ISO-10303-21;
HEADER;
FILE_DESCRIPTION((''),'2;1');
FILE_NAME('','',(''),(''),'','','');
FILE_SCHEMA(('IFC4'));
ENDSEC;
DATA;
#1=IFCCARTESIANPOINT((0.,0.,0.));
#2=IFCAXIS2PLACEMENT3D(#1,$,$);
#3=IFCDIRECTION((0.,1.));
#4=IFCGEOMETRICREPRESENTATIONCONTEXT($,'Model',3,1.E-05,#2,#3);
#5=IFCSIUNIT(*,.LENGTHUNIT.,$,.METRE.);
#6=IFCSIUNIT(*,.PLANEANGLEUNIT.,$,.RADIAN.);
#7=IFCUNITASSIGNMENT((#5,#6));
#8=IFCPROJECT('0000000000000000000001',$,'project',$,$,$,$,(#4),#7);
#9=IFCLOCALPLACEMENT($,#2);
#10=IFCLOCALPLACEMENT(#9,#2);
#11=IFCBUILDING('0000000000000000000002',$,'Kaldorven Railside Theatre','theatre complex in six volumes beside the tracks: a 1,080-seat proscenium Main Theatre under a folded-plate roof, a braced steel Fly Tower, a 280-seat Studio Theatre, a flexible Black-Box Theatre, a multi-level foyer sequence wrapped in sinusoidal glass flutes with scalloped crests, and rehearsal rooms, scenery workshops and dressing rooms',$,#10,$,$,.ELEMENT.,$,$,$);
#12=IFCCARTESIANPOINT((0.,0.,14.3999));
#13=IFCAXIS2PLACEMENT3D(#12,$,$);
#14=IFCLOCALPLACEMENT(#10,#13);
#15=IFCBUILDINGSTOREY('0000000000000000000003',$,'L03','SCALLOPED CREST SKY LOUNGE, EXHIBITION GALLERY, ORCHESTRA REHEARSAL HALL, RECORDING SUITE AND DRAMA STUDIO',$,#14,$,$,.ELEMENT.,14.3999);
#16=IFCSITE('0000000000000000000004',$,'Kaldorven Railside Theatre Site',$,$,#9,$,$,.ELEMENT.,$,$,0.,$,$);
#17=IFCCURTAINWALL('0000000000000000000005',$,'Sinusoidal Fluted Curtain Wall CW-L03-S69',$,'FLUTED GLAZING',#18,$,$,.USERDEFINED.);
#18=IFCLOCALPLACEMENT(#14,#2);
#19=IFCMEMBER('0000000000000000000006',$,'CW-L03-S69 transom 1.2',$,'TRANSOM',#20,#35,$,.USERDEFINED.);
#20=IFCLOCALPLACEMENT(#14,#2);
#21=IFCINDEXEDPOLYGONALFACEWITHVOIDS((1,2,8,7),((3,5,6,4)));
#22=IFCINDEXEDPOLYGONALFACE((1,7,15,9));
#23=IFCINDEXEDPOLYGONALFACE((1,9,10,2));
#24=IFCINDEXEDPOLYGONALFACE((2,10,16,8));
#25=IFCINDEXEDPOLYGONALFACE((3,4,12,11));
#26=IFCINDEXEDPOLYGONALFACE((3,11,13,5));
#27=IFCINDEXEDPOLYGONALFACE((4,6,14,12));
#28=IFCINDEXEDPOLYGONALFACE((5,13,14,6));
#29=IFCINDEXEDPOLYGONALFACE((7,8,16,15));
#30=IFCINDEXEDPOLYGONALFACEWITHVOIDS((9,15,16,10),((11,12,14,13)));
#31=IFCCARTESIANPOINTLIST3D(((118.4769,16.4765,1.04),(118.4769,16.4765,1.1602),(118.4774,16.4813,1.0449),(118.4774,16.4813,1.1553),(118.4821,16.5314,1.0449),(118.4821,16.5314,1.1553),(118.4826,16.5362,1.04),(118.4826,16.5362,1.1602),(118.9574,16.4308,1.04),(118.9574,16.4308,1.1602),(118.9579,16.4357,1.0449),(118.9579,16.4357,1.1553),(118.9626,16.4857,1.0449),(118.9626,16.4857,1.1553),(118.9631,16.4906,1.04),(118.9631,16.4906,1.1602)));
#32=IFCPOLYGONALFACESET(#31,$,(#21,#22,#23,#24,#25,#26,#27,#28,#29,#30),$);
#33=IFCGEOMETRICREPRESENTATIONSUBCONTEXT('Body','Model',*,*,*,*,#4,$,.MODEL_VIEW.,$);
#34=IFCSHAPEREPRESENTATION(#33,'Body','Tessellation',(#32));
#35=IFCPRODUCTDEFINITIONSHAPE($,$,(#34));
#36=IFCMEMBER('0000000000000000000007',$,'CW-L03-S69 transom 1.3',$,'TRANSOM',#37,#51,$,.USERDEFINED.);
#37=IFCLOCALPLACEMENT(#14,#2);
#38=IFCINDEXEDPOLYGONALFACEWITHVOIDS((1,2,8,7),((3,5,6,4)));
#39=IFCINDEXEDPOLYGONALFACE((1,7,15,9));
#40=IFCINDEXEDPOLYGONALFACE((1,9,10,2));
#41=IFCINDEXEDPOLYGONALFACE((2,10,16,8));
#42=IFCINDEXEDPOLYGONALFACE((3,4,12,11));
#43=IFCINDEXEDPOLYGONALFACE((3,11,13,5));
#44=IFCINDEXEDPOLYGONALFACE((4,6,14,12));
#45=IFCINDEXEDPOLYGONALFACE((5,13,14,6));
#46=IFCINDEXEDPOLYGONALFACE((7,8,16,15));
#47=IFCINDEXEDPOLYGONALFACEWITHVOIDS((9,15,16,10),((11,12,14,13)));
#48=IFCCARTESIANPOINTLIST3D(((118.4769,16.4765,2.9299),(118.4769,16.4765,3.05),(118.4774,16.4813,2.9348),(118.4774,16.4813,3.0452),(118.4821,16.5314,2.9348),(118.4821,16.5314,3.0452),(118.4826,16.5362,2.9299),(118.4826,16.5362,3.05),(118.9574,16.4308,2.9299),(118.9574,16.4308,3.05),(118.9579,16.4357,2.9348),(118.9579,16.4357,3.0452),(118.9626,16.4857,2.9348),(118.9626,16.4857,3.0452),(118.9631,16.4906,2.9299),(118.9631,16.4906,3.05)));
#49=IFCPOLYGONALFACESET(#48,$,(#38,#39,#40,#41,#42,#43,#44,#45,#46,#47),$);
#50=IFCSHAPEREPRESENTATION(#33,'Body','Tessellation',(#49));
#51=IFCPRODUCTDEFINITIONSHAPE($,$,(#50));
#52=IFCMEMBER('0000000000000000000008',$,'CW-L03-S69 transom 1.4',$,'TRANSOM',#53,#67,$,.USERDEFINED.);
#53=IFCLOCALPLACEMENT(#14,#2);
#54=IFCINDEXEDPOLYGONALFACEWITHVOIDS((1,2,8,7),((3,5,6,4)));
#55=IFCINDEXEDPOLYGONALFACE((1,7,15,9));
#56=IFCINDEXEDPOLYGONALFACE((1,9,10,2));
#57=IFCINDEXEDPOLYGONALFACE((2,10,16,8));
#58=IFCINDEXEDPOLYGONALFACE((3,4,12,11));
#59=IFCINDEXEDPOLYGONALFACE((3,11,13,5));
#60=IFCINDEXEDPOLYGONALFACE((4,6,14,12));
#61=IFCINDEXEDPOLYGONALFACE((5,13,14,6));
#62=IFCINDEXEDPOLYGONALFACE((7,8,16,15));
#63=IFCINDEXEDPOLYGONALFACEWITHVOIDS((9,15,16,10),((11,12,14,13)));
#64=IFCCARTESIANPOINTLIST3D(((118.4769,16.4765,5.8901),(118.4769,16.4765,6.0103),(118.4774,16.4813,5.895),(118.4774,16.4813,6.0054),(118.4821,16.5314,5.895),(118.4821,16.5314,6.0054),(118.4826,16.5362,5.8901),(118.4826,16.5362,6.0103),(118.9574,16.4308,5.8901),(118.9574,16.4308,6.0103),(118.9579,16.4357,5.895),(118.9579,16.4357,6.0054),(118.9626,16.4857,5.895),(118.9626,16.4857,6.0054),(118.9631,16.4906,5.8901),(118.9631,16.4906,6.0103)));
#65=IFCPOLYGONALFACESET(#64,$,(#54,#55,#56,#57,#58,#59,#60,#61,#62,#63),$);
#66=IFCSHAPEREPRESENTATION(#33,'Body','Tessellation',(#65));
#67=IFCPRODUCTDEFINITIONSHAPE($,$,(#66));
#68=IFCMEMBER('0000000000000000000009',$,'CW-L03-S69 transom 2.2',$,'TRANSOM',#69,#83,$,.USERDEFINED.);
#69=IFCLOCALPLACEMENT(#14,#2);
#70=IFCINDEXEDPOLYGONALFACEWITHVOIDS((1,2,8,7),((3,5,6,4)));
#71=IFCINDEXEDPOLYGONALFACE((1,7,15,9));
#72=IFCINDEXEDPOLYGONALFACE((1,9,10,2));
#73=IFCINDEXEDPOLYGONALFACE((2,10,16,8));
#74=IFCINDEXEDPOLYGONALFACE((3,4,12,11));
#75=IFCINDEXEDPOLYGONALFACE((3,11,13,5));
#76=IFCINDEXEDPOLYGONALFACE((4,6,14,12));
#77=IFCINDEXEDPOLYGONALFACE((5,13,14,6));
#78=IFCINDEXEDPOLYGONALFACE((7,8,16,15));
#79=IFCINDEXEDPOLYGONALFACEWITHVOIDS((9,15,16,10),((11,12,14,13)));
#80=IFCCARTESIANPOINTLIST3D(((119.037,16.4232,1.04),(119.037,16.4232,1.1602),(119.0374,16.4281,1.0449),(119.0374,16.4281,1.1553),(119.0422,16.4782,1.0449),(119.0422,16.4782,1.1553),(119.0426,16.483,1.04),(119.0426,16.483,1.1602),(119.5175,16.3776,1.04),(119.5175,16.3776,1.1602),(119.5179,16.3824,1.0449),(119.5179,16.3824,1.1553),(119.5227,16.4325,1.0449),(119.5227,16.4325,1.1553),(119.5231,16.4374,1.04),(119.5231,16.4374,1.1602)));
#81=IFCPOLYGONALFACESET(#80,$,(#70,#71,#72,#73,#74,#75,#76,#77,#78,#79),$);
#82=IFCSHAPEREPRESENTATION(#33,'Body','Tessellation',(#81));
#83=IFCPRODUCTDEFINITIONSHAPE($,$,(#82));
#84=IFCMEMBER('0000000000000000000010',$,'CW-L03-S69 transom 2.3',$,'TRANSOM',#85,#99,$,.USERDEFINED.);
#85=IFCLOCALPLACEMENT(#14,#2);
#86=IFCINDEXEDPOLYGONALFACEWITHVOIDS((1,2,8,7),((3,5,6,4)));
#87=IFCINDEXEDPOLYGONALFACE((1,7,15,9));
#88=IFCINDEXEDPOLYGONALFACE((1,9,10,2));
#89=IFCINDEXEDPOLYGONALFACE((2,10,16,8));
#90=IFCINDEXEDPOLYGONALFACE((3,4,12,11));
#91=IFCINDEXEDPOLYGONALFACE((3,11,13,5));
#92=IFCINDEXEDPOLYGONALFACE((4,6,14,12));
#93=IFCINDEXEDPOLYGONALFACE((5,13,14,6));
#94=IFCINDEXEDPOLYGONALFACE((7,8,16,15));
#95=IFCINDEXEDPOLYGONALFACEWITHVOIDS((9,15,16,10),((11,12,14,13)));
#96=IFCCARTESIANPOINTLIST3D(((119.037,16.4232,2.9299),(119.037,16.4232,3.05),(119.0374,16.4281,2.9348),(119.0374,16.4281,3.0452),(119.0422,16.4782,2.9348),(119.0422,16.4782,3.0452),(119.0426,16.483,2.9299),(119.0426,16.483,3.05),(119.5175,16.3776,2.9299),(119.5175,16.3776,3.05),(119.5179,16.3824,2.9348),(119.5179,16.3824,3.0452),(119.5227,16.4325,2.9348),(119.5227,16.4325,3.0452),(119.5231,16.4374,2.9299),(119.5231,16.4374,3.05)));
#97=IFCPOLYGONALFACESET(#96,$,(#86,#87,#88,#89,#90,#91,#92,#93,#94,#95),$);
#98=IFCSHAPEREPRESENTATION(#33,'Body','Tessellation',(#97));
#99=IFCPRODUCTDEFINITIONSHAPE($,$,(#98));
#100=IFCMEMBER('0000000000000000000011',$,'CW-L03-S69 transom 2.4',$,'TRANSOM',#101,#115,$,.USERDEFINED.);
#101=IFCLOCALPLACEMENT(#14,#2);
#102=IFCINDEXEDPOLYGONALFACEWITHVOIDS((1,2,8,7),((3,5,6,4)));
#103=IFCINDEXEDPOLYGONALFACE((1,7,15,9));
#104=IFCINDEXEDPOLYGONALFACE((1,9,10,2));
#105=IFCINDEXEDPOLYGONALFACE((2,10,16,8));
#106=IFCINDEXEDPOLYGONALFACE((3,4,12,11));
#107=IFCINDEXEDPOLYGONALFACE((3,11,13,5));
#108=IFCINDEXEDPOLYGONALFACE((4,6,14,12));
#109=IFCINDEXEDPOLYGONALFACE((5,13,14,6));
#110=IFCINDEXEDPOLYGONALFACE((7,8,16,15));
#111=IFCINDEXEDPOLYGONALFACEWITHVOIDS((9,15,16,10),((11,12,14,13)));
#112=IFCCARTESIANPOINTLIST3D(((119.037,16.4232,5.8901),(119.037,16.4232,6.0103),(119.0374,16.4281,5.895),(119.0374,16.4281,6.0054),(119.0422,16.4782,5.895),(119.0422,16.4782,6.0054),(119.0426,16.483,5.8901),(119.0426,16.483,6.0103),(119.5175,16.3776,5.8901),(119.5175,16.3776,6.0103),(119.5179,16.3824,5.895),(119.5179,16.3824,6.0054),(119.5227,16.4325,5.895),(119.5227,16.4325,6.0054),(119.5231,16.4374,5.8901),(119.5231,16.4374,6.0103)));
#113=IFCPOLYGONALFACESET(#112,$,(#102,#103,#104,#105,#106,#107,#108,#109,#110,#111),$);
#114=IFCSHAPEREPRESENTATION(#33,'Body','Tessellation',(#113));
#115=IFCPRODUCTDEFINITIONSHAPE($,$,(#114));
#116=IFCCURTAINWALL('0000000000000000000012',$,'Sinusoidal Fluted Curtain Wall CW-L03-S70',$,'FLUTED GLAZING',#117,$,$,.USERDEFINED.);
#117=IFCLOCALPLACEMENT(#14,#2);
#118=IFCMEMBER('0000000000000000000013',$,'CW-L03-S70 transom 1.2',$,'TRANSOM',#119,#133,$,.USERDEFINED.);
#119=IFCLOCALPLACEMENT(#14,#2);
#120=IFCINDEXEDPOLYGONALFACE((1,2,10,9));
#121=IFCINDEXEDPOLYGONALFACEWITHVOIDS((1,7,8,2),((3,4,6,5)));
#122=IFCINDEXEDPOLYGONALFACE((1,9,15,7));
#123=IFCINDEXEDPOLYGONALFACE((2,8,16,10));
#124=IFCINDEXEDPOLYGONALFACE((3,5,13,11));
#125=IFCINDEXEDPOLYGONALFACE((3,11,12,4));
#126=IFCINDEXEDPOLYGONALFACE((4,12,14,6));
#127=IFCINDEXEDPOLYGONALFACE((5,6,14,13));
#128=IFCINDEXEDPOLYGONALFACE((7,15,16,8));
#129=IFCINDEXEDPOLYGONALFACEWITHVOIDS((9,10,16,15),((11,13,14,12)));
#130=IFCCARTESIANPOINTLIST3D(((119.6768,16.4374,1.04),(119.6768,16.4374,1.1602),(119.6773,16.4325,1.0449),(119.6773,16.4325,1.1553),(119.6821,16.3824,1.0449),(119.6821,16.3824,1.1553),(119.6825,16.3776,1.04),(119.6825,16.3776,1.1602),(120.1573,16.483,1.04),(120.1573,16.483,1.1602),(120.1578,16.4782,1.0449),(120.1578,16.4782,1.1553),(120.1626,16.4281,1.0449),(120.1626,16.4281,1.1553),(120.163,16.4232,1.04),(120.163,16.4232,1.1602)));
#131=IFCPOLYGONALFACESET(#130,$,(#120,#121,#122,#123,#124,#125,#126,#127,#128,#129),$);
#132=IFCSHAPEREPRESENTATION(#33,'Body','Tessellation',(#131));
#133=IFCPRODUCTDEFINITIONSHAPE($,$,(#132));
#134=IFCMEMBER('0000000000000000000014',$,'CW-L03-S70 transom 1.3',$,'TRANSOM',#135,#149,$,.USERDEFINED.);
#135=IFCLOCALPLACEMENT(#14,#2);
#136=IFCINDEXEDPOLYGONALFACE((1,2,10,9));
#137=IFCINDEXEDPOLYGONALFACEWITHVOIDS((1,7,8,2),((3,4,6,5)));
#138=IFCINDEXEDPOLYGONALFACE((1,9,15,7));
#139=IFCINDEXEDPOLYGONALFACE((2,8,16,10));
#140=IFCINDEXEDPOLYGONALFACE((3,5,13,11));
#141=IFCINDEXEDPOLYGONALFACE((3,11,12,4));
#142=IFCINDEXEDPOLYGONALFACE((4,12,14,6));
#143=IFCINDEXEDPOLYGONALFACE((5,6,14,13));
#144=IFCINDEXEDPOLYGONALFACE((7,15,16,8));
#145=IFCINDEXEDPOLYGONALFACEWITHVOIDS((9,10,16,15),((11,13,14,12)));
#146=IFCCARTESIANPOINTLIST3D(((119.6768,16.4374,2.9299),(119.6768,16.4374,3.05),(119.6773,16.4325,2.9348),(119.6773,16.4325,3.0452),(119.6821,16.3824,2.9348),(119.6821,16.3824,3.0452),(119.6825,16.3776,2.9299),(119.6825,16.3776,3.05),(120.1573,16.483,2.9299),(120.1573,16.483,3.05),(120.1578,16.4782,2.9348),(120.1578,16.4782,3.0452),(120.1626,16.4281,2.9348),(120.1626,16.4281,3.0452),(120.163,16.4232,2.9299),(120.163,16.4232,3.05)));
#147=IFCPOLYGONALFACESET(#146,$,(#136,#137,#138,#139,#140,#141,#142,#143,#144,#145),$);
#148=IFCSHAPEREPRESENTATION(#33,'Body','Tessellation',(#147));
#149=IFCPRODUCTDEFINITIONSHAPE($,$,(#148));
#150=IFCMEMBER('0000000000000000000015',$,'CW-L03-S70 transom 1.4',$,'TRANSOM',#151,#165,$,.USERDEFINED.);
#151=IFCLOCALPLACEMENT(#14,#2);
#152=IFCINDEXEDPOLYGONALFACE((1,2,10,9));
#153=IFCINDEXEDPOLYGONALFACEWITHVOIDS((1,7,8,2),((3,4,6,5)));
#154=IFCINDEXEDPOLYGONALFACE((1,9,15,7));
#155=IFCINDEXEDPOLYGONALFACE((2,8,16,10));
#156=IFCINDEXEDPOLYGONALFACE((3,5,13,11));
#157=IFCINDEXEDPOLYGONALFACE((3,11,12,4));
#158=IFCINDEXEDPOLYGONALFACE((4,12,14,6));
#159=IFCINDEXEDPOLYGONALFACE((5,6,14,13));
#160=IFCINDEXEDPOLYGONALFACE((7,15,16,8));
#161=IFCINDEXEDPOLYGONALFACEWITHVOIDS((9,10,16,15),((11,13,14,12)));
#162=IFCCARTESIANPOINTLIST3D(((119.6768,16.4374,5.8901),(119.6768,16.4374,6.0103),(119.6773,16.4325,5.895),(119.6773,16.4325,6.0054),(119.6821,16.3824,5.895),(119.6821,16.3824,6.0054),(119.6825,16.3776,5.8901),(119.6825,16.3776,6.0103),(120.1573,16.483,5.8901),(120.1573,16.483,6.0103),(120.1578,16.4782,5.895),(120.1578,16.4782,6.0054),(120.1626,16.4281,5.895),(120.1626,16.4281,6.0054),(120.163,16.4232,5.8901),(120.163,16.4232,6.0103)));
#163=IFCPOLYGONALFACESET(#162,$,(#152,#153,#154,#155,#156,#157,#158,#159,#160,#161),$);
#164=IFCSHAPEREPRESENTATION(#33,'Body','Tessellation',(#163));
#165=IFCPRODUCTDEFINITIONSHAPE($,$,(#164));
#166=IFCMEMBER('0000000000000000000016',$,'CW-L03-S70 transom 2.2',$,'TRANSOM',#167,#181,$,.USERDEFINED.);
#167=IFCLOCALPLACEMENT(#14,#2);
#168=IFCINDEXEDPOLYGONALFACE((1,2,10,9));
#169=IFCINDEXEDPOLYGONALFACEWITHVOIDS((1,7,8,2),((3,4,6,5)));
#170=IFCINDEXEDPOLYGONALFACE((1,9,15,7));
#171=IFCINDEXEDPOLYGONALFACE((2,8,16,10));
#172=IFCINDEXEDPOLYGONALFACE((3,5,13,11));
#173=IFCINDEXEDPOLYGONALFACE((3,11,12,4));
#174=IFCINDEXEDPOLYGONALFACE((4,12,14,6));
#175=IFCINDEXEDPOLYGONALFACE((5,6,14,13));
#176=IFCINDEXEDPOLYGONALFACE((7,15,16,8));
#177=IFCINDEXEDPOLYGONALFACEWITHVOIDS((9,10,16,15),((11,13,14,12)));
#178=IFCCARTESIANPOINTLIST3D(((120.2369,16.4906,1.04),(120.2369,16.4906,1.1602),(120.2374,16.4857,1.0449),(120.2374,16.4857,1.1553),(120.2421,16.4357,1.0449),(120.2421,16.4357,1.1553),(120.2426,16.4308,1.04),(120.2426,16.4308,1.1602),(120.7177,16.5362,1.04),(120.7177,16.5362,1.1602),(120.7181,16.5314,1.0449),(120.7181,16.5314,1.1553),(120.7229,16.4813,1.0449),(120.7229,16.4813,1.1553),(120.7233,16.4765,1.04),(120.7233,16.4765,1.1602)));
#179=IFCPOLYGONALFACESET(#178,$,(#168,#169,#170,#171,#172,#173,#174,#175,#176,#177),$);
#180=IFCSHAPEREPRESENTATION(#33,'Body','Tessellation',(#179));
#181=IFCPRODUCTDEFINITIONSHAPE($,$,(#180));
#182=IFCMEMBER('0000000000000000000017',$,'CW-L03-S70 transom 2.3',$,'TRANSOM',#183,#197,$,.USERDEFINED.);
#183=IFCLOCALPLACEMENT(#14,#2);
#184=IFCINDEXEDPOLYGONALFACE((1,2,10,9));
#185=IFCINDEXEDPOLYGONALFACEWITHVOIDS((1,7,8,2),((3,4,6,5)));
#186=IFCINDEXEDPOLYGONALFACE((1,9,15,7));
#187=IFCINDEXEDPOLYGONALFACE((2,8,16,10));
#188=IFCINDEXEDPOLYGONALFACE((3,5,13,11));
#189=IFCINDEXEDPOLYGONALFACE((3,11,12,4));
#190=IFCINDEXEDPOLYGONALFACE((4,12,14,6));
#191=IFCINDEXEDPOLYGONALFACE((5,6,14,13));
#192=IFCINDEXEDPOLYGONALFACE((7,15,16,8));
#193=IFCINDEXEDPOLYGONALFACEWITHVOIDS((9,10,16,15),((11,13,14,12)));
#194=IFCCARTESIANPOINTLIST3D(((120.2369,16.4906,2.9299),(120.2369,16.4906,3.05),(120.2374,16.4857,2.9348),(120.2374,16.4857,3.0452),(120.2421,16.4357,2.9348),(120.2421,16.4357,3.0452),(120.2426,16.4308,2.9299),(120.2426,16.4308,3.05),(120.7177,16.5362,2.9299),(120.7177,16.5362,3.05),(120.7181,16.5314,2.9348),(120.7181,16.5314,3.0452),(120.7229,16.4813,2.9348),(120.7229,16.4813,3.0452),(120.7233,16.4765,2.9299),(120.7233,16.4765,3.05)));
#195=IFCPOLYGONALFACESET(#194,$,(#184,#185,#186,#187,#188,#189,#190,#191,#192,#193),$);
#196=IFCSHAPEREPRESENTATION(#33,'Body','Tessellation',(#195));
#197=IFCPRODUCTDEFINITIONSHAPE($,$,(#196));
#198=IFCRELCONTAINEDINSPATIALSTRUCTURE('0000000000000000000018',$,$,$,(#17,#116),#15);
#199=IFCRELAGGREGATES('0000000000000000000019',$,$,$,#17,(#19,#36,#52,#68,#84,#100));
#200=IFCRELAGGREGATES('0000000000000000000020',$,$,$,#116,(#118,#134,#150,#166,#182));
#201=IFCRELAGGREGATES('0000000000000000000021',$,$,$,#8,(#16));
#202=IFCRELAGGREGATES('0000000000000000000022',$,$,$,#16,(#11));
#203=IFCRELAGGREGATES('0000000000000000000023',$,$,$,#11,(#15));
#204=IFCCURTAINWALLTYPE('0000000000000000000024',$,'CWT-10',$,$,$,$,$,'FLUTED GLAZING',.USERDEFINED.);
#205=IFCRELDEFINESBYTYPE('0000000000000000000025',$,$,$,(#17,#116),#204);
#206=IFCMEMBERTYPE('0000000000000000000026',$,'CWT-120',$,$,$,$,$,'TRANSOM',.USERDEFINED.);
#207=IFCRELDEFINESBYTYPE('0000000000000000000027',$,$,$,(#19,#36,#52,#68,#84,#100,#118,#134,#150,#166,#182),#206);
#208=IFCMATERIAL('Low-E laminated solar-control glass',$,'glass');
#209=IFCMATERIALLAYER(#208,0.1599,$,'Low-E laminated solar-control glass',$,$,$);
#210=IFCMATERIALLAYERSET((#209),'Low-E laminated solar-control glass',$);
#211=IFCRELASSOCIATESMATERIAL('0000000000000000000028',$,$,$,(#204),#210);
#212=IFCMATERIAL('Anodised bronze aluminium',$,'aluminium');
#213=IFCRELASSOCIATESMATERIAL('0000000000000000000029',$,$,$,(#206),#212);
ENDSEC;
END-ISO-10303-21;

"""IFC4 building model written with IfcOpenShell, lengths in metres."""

from ifc_helpers import new_model, si_unit, direction, frame, origin, origin_2d, place, context, subcontext, project, spatial, hollow_rectangle, extrude, material, layer, layer_set, material_profile, profile_set, type_object, element, aggregate, save


model = new_model("IFC4")

# Units and contexts
model_context = context("Model", 3, precision=1e-05, world=origin(), true_north=direction((0.0, 1.0)))
body_context = subcontext(model_context, "Body", "Model", "MODEL_VIEW")
ifc_project = project(units=[si_unit("LENGTHUNIT", "METRE"), si_unit("PLANEANGLEUNIT", "RADIAN")], contexts=[model_context])

# Site, building, storey
site_placement = place(None, origin())
site = spatial("IfcSite", under=ifc_project, at=site_placement, Name="Kaldorven Railside Theatre Site", CompositionType="ELEMENT", RefElevation=0.0)
building_placement = place(site_placement, origin())
building = spatial("IfcBuilding", under=site, at=building_placement, Name="Kaldorven Railside Theatre", Description="theatre complex in six volumes beside the tracks: a 1,080-seat proscenium Main Theatre under a folded-plate roof, a braced steel Fly Tower, a 280-seat Studio Theatre, a flexible Black-Box Theatre, a multi-level foyer sequence wrapped in sinusoidal glass flutes with scalloped crests, and rehearsal rooms, scenery workshops and dressing rooms", CompositionType="ELEMENT")
storey_placement = place(building_placement, frame((0.0, 0.0, 14.3999)))
storey = spatial("IfcBuildingStorey", under=building, at=storey_placement, Name="L03", Description="SCALLOPED CREST SKY LOUNGE, EXHIBITION GALLERY, ORCHESTRA REHEARSAL HALL, RECORDING SUITE AND DRAMA STUDIO", CompositionType="ELEMENT", Elevation=14.3999)

# Curtain walls, members
ifc_material_1 = material(Name="Low-E laminated solar-control glass", Category="glass")
ifc_layer_1 = layer(ifc_material_1, 0.1599, Name="Low-E laminated solar-control glass")
ifc_layer_set_1 = layer_set([ifc_layer_1], Name="Low-E laminated solar-control glass")
curtain_wall_type_1 = type_object("IfcCurtainWallType", Name="CWT-10", ElementType="FLUTED GLAZING", PredefinedType="USERDEFINED", material=ifc_layer_set_1)
curtain_wall_1_placement = place(storey_placement, origin())
curtain_wall_1 = element("IfcCurtainWall", 1, at=curtain_wall_1_placement, inside=storey, type_object=curtain_wall_type_1, Name="Sinusoidal Fluted Curtain Wall CW-L03-S69", ObjectType="FLUTED GLAZING", PredefinedType="USERDEFINED")
ifc_material_2 = material(Name="Anodised bronze aluminium", Category="aluminium")
ifc_material_profile = material_profile(ifc_material_2, hollow_rectangle(XDim=0.0601, YDim=0.1201, WallThickness=0.0049, at=origin_2d()), Name="RHS 120x60x5")
ifc_profile_set = profile_set([ifc_material_profile], Name="Anodised bronze aluminium")
member_type = type_object("IfcMemberType", Name="CWT-120", ElementType="TRANSOM", PredefinedType="USERDEFINED", material=ifc_profile_set)
member_1_placement = place(storey_placement, frame((118.4797, 16.5063, 1.1001), z_axis=(0.995516, -0.094594, 0.0), x_axis=(0.094594, 0.995516, 0.0)))
member_1 = element("IfcMember", 2, at=member_1_placement, type_object=member_type, Name="CW-L03-S69 transom 1.2", ObjectType="TRANSOM", PredefinedType="USERDEFINED", context=body_context, shape_type="SweptSolid", body=[
    extrude(hollow_rectangle(XDim=0.0601, YDim=0.1201, WallThickness=0.0049, at=origin_2d()), origin(), (0.0, 0.0, 1.0), 0.4827),
])
member_2_placement = place(storey_placement, frame((118.4797, 16.5063, 2.99), z_axis=(0.995516, -0.094594, 0.0), x_axis=(0.094594, 0.995516, 0.0)))
member_2 = element("IfcMember", 3, at=member_2_placement, type_object=member_type, Name="CW-L03-S69 transom 1.3", ObjectType="TRANSOM", PredefinedType="USERDEFINED", context=body_context, shape_type="SweptSolid", body=[
    extrude(hollow_rectangle(XDim=0.0601, YDim=0.1201, WallThickness=0.0049, at=origin_2d()), origin(), (0.0, 0.0, 1.0), 0.4827),
])
member_3_placement = place(storey_placement, frame((118.4797, 16.5063, 5.9502), z_axis=(0.995516, -0.094594, 0.0), x_axis=(0.094594, 0.995516, 0.0)))
member_3 = element("IfcMember", 4, at=member_3_placement, type_object=member_type, Name="CW-L03-S69 transom 1.4", ObjectType="TRANSOM", PredefinedType="USERDEFINED", context=body_context, shape_type="SweptSolid", body=[
    extrude(hollow_rectangle(XDim=0.0601, YDim=0.1201, WallThickness=0.0049, at=origin_2d()), origin(), (0.0, 0.0, 1.0), 0.4827),
])
member_4_placement = place(storey_placement, frame((119.0398, 16.4531, 1.1001), z_axis=(0.995516, -0.094594, 0.0), x_axis=(0.094594, 0.995516, 0.0)))
member_4 = element("IfcMember", 5, at=member_4_placement, type_object=member_type, Name="CW-L03-S69 transom 2.2", ObjectType="TRANSOM", PredefinedType="USERDEFINED", context=body_context, shape_type="SweptSolid", body=[
    extrude(hollow_rectangle(XDim=0.0601, YDim=0.1201, WallThickness=0.0049, at=origin_2d()), origin(), (0.0, 0.0, 1.0), 0.4827),
])
member_5_placement = place(storey_placement, frame((119.0398, 16.4531, 2.99), z_axis=(0.995516, -0.094594, 0.0), x_axis=(0.094594, 0.995516, 0.0)))
member_5 = element("IfcMember", 6, at=member_5_placement, type_object=member_type, Name="CW-L03-S69 transom 2.3", ObjectType="TRANSOM", PredefinedType="USERDEFINED", context=body_context, shape_type="SweptSolid", body=[
    extrude(hollow_rectangle(XDim=0.0601, YDim=0.1201, WallThickness=0.0049, at=origin_2d()), origin(), (0.0, 0.0, 1.0), 0.4827),
])
member_6_placement = place(storey_placement, frame((119.0398, 16.4531, 5.9502), z_axis=(0.995516, -0.094594, 0.0), x_axis=(0.094594, 0.995516, 0.0)))
member_6 = element("IfcMember", 7, at=member_6_placement, type_object=member_type, Name="CW-L03-S69 transom 2.4", ObjectType="TRANSOM", PredefinedType="USERDEFINED", context=body_context, shape_type="SweptSolid", body=[
    extrude(hollow_rectangle(XDim=0.0601, YDim=0.1201, WallThickness=0.0049, at=origin_2d()), origin(), (0.0, 0.0, 1.0), 0.4827),
])
curtain_wall_2_placement = place(storey_placement, origin())
curtain_wall_2 = element("IfcCurtainWall", 8, at=curtain_wall_2_placement, inside=storey, type_object=curtain_wall_type_1, Name="Sinusoidal Fluted Curtain Wall CW-L03-S70", ObjectType="FLUTED GLAZING", PredefinedType="USERDEFINED")
member_7_placement = place(storey_placement, frame((119.6797, 16.4075, 1.1001), z_axis=(0.995516, 0.094594, 0.0), x_axis=(-0.094594, 0.995516, 0.0)))
member_7 = element("IfcMember", 9, at=member_7_placement, type_object=member_type, Name="CW-L03-S70 transom 1.2", ObjectType="TRANSOM", PredefinedType="USERDEFINED", context=body_context, shape_type="SweptSolid", body=[
    extrude(hollow_rectangle(XDim=0.0601, YDim=0.1201, WallThickness=0.0049, at=origin_2d()), origin(), (0.0, 0.0, 1.0), 0.4827),
])
member_8_placement = place(storey_placement, frame((119.6797, 16.4075, 2.99), z_axis=(0.995516, 0.094594, 0.0), x_axis=(-0.094594, 0.995516, 0.0)))
member_8 = element("IfcMember", 10, at=member_8_placement, type_object=member_type, Name="CW-L03-S70 transom 1.3", ObjectType="TRANSOM", PredefinedType="USERDEFINED", context=body_context, shape_type="SweptSolid", body=[
    extrude(hollow_rectangle(XDim=0.0601, YDim=0.1201, WallThickness=0.0049, at=origin_2d()), origin(), (0.0, 0.0, 1.0), 0.4827),
])
member_9_placement = place(storey_placement, frame((119.6797, 16.4075, 5.9502), z_axis=(0.995516, 0.094594, 0.0), x_axis=(-0.094594, 0.995516, 0.0)))
member_9 = element("IfcMember", 11, at=member_9_placement, type_object=member_type, Name="CW-L03-S70 transom 1.4", ObjectType="TRANSOM", PredefinedType="USERDEFINED", context=body_context, shape_type="SweptSolid", body=[
    extrude(hollow_rectangle(XDim=0.0601, YDim=0.1201, WallThickness=0.0049, at=origin_2d()), origin(), (0.0, 0.0, 1.0), 0.4827),
])
member_10_placement = place(storey_placement, frame((120.2397, 16.4607, 1.1001), z_axis=(0.99552, 0.094547, 0.0), x_axis=(-0.094547, 0.99552, 0.0)))
member_10 = element("IfcMember", 12, at=member_10_placement, type_object=member_type, Name="CW-L03-S70 transom 2.2", ObjectType="TRANSOM", PredefinedType="USERDEFINED", context=body_context, shape_type="SweptSolid", body=[
    extrude(hollow_rectangle(XDim=0.0601, YDim=0.1201, WallThickness=0.0049, at=origin_2d()), origin(), (0.0, 0.0, 1.0), 0.4829),
])
member_11_placement = place(storey_placement, frame((120.2397, 16.4607, 2.99), z_axis=(0.99552, 0.094547, 0.0), x_axis=(-0.094547, 0.99552, 0.0)))
member_11 = element("IfcMember", 13, at=member_11_placement, type_object=member_type, Name="CW-L03-S70 transom 2.3", ObjectType="TRANSOM", PredefinedType="USERDEFINED", context=body_context, shape_type="SweptSolid", body=[
    extrude(hollow_rectangle(XDim=0.0601, YDim=0.1201, WallThickness=0.0049, at=origin_2d()), origin(), (0.0, 0.0, 1.0), 0.4829),
])

aggregate(curtain_wall_1, [member_1, member_2, member_3, member_4, member_5, member_6])
aggregate(curtain_wall_2, [member_7, member_8, member_9, member_10, member_11])

save(model, "model.ifc")
